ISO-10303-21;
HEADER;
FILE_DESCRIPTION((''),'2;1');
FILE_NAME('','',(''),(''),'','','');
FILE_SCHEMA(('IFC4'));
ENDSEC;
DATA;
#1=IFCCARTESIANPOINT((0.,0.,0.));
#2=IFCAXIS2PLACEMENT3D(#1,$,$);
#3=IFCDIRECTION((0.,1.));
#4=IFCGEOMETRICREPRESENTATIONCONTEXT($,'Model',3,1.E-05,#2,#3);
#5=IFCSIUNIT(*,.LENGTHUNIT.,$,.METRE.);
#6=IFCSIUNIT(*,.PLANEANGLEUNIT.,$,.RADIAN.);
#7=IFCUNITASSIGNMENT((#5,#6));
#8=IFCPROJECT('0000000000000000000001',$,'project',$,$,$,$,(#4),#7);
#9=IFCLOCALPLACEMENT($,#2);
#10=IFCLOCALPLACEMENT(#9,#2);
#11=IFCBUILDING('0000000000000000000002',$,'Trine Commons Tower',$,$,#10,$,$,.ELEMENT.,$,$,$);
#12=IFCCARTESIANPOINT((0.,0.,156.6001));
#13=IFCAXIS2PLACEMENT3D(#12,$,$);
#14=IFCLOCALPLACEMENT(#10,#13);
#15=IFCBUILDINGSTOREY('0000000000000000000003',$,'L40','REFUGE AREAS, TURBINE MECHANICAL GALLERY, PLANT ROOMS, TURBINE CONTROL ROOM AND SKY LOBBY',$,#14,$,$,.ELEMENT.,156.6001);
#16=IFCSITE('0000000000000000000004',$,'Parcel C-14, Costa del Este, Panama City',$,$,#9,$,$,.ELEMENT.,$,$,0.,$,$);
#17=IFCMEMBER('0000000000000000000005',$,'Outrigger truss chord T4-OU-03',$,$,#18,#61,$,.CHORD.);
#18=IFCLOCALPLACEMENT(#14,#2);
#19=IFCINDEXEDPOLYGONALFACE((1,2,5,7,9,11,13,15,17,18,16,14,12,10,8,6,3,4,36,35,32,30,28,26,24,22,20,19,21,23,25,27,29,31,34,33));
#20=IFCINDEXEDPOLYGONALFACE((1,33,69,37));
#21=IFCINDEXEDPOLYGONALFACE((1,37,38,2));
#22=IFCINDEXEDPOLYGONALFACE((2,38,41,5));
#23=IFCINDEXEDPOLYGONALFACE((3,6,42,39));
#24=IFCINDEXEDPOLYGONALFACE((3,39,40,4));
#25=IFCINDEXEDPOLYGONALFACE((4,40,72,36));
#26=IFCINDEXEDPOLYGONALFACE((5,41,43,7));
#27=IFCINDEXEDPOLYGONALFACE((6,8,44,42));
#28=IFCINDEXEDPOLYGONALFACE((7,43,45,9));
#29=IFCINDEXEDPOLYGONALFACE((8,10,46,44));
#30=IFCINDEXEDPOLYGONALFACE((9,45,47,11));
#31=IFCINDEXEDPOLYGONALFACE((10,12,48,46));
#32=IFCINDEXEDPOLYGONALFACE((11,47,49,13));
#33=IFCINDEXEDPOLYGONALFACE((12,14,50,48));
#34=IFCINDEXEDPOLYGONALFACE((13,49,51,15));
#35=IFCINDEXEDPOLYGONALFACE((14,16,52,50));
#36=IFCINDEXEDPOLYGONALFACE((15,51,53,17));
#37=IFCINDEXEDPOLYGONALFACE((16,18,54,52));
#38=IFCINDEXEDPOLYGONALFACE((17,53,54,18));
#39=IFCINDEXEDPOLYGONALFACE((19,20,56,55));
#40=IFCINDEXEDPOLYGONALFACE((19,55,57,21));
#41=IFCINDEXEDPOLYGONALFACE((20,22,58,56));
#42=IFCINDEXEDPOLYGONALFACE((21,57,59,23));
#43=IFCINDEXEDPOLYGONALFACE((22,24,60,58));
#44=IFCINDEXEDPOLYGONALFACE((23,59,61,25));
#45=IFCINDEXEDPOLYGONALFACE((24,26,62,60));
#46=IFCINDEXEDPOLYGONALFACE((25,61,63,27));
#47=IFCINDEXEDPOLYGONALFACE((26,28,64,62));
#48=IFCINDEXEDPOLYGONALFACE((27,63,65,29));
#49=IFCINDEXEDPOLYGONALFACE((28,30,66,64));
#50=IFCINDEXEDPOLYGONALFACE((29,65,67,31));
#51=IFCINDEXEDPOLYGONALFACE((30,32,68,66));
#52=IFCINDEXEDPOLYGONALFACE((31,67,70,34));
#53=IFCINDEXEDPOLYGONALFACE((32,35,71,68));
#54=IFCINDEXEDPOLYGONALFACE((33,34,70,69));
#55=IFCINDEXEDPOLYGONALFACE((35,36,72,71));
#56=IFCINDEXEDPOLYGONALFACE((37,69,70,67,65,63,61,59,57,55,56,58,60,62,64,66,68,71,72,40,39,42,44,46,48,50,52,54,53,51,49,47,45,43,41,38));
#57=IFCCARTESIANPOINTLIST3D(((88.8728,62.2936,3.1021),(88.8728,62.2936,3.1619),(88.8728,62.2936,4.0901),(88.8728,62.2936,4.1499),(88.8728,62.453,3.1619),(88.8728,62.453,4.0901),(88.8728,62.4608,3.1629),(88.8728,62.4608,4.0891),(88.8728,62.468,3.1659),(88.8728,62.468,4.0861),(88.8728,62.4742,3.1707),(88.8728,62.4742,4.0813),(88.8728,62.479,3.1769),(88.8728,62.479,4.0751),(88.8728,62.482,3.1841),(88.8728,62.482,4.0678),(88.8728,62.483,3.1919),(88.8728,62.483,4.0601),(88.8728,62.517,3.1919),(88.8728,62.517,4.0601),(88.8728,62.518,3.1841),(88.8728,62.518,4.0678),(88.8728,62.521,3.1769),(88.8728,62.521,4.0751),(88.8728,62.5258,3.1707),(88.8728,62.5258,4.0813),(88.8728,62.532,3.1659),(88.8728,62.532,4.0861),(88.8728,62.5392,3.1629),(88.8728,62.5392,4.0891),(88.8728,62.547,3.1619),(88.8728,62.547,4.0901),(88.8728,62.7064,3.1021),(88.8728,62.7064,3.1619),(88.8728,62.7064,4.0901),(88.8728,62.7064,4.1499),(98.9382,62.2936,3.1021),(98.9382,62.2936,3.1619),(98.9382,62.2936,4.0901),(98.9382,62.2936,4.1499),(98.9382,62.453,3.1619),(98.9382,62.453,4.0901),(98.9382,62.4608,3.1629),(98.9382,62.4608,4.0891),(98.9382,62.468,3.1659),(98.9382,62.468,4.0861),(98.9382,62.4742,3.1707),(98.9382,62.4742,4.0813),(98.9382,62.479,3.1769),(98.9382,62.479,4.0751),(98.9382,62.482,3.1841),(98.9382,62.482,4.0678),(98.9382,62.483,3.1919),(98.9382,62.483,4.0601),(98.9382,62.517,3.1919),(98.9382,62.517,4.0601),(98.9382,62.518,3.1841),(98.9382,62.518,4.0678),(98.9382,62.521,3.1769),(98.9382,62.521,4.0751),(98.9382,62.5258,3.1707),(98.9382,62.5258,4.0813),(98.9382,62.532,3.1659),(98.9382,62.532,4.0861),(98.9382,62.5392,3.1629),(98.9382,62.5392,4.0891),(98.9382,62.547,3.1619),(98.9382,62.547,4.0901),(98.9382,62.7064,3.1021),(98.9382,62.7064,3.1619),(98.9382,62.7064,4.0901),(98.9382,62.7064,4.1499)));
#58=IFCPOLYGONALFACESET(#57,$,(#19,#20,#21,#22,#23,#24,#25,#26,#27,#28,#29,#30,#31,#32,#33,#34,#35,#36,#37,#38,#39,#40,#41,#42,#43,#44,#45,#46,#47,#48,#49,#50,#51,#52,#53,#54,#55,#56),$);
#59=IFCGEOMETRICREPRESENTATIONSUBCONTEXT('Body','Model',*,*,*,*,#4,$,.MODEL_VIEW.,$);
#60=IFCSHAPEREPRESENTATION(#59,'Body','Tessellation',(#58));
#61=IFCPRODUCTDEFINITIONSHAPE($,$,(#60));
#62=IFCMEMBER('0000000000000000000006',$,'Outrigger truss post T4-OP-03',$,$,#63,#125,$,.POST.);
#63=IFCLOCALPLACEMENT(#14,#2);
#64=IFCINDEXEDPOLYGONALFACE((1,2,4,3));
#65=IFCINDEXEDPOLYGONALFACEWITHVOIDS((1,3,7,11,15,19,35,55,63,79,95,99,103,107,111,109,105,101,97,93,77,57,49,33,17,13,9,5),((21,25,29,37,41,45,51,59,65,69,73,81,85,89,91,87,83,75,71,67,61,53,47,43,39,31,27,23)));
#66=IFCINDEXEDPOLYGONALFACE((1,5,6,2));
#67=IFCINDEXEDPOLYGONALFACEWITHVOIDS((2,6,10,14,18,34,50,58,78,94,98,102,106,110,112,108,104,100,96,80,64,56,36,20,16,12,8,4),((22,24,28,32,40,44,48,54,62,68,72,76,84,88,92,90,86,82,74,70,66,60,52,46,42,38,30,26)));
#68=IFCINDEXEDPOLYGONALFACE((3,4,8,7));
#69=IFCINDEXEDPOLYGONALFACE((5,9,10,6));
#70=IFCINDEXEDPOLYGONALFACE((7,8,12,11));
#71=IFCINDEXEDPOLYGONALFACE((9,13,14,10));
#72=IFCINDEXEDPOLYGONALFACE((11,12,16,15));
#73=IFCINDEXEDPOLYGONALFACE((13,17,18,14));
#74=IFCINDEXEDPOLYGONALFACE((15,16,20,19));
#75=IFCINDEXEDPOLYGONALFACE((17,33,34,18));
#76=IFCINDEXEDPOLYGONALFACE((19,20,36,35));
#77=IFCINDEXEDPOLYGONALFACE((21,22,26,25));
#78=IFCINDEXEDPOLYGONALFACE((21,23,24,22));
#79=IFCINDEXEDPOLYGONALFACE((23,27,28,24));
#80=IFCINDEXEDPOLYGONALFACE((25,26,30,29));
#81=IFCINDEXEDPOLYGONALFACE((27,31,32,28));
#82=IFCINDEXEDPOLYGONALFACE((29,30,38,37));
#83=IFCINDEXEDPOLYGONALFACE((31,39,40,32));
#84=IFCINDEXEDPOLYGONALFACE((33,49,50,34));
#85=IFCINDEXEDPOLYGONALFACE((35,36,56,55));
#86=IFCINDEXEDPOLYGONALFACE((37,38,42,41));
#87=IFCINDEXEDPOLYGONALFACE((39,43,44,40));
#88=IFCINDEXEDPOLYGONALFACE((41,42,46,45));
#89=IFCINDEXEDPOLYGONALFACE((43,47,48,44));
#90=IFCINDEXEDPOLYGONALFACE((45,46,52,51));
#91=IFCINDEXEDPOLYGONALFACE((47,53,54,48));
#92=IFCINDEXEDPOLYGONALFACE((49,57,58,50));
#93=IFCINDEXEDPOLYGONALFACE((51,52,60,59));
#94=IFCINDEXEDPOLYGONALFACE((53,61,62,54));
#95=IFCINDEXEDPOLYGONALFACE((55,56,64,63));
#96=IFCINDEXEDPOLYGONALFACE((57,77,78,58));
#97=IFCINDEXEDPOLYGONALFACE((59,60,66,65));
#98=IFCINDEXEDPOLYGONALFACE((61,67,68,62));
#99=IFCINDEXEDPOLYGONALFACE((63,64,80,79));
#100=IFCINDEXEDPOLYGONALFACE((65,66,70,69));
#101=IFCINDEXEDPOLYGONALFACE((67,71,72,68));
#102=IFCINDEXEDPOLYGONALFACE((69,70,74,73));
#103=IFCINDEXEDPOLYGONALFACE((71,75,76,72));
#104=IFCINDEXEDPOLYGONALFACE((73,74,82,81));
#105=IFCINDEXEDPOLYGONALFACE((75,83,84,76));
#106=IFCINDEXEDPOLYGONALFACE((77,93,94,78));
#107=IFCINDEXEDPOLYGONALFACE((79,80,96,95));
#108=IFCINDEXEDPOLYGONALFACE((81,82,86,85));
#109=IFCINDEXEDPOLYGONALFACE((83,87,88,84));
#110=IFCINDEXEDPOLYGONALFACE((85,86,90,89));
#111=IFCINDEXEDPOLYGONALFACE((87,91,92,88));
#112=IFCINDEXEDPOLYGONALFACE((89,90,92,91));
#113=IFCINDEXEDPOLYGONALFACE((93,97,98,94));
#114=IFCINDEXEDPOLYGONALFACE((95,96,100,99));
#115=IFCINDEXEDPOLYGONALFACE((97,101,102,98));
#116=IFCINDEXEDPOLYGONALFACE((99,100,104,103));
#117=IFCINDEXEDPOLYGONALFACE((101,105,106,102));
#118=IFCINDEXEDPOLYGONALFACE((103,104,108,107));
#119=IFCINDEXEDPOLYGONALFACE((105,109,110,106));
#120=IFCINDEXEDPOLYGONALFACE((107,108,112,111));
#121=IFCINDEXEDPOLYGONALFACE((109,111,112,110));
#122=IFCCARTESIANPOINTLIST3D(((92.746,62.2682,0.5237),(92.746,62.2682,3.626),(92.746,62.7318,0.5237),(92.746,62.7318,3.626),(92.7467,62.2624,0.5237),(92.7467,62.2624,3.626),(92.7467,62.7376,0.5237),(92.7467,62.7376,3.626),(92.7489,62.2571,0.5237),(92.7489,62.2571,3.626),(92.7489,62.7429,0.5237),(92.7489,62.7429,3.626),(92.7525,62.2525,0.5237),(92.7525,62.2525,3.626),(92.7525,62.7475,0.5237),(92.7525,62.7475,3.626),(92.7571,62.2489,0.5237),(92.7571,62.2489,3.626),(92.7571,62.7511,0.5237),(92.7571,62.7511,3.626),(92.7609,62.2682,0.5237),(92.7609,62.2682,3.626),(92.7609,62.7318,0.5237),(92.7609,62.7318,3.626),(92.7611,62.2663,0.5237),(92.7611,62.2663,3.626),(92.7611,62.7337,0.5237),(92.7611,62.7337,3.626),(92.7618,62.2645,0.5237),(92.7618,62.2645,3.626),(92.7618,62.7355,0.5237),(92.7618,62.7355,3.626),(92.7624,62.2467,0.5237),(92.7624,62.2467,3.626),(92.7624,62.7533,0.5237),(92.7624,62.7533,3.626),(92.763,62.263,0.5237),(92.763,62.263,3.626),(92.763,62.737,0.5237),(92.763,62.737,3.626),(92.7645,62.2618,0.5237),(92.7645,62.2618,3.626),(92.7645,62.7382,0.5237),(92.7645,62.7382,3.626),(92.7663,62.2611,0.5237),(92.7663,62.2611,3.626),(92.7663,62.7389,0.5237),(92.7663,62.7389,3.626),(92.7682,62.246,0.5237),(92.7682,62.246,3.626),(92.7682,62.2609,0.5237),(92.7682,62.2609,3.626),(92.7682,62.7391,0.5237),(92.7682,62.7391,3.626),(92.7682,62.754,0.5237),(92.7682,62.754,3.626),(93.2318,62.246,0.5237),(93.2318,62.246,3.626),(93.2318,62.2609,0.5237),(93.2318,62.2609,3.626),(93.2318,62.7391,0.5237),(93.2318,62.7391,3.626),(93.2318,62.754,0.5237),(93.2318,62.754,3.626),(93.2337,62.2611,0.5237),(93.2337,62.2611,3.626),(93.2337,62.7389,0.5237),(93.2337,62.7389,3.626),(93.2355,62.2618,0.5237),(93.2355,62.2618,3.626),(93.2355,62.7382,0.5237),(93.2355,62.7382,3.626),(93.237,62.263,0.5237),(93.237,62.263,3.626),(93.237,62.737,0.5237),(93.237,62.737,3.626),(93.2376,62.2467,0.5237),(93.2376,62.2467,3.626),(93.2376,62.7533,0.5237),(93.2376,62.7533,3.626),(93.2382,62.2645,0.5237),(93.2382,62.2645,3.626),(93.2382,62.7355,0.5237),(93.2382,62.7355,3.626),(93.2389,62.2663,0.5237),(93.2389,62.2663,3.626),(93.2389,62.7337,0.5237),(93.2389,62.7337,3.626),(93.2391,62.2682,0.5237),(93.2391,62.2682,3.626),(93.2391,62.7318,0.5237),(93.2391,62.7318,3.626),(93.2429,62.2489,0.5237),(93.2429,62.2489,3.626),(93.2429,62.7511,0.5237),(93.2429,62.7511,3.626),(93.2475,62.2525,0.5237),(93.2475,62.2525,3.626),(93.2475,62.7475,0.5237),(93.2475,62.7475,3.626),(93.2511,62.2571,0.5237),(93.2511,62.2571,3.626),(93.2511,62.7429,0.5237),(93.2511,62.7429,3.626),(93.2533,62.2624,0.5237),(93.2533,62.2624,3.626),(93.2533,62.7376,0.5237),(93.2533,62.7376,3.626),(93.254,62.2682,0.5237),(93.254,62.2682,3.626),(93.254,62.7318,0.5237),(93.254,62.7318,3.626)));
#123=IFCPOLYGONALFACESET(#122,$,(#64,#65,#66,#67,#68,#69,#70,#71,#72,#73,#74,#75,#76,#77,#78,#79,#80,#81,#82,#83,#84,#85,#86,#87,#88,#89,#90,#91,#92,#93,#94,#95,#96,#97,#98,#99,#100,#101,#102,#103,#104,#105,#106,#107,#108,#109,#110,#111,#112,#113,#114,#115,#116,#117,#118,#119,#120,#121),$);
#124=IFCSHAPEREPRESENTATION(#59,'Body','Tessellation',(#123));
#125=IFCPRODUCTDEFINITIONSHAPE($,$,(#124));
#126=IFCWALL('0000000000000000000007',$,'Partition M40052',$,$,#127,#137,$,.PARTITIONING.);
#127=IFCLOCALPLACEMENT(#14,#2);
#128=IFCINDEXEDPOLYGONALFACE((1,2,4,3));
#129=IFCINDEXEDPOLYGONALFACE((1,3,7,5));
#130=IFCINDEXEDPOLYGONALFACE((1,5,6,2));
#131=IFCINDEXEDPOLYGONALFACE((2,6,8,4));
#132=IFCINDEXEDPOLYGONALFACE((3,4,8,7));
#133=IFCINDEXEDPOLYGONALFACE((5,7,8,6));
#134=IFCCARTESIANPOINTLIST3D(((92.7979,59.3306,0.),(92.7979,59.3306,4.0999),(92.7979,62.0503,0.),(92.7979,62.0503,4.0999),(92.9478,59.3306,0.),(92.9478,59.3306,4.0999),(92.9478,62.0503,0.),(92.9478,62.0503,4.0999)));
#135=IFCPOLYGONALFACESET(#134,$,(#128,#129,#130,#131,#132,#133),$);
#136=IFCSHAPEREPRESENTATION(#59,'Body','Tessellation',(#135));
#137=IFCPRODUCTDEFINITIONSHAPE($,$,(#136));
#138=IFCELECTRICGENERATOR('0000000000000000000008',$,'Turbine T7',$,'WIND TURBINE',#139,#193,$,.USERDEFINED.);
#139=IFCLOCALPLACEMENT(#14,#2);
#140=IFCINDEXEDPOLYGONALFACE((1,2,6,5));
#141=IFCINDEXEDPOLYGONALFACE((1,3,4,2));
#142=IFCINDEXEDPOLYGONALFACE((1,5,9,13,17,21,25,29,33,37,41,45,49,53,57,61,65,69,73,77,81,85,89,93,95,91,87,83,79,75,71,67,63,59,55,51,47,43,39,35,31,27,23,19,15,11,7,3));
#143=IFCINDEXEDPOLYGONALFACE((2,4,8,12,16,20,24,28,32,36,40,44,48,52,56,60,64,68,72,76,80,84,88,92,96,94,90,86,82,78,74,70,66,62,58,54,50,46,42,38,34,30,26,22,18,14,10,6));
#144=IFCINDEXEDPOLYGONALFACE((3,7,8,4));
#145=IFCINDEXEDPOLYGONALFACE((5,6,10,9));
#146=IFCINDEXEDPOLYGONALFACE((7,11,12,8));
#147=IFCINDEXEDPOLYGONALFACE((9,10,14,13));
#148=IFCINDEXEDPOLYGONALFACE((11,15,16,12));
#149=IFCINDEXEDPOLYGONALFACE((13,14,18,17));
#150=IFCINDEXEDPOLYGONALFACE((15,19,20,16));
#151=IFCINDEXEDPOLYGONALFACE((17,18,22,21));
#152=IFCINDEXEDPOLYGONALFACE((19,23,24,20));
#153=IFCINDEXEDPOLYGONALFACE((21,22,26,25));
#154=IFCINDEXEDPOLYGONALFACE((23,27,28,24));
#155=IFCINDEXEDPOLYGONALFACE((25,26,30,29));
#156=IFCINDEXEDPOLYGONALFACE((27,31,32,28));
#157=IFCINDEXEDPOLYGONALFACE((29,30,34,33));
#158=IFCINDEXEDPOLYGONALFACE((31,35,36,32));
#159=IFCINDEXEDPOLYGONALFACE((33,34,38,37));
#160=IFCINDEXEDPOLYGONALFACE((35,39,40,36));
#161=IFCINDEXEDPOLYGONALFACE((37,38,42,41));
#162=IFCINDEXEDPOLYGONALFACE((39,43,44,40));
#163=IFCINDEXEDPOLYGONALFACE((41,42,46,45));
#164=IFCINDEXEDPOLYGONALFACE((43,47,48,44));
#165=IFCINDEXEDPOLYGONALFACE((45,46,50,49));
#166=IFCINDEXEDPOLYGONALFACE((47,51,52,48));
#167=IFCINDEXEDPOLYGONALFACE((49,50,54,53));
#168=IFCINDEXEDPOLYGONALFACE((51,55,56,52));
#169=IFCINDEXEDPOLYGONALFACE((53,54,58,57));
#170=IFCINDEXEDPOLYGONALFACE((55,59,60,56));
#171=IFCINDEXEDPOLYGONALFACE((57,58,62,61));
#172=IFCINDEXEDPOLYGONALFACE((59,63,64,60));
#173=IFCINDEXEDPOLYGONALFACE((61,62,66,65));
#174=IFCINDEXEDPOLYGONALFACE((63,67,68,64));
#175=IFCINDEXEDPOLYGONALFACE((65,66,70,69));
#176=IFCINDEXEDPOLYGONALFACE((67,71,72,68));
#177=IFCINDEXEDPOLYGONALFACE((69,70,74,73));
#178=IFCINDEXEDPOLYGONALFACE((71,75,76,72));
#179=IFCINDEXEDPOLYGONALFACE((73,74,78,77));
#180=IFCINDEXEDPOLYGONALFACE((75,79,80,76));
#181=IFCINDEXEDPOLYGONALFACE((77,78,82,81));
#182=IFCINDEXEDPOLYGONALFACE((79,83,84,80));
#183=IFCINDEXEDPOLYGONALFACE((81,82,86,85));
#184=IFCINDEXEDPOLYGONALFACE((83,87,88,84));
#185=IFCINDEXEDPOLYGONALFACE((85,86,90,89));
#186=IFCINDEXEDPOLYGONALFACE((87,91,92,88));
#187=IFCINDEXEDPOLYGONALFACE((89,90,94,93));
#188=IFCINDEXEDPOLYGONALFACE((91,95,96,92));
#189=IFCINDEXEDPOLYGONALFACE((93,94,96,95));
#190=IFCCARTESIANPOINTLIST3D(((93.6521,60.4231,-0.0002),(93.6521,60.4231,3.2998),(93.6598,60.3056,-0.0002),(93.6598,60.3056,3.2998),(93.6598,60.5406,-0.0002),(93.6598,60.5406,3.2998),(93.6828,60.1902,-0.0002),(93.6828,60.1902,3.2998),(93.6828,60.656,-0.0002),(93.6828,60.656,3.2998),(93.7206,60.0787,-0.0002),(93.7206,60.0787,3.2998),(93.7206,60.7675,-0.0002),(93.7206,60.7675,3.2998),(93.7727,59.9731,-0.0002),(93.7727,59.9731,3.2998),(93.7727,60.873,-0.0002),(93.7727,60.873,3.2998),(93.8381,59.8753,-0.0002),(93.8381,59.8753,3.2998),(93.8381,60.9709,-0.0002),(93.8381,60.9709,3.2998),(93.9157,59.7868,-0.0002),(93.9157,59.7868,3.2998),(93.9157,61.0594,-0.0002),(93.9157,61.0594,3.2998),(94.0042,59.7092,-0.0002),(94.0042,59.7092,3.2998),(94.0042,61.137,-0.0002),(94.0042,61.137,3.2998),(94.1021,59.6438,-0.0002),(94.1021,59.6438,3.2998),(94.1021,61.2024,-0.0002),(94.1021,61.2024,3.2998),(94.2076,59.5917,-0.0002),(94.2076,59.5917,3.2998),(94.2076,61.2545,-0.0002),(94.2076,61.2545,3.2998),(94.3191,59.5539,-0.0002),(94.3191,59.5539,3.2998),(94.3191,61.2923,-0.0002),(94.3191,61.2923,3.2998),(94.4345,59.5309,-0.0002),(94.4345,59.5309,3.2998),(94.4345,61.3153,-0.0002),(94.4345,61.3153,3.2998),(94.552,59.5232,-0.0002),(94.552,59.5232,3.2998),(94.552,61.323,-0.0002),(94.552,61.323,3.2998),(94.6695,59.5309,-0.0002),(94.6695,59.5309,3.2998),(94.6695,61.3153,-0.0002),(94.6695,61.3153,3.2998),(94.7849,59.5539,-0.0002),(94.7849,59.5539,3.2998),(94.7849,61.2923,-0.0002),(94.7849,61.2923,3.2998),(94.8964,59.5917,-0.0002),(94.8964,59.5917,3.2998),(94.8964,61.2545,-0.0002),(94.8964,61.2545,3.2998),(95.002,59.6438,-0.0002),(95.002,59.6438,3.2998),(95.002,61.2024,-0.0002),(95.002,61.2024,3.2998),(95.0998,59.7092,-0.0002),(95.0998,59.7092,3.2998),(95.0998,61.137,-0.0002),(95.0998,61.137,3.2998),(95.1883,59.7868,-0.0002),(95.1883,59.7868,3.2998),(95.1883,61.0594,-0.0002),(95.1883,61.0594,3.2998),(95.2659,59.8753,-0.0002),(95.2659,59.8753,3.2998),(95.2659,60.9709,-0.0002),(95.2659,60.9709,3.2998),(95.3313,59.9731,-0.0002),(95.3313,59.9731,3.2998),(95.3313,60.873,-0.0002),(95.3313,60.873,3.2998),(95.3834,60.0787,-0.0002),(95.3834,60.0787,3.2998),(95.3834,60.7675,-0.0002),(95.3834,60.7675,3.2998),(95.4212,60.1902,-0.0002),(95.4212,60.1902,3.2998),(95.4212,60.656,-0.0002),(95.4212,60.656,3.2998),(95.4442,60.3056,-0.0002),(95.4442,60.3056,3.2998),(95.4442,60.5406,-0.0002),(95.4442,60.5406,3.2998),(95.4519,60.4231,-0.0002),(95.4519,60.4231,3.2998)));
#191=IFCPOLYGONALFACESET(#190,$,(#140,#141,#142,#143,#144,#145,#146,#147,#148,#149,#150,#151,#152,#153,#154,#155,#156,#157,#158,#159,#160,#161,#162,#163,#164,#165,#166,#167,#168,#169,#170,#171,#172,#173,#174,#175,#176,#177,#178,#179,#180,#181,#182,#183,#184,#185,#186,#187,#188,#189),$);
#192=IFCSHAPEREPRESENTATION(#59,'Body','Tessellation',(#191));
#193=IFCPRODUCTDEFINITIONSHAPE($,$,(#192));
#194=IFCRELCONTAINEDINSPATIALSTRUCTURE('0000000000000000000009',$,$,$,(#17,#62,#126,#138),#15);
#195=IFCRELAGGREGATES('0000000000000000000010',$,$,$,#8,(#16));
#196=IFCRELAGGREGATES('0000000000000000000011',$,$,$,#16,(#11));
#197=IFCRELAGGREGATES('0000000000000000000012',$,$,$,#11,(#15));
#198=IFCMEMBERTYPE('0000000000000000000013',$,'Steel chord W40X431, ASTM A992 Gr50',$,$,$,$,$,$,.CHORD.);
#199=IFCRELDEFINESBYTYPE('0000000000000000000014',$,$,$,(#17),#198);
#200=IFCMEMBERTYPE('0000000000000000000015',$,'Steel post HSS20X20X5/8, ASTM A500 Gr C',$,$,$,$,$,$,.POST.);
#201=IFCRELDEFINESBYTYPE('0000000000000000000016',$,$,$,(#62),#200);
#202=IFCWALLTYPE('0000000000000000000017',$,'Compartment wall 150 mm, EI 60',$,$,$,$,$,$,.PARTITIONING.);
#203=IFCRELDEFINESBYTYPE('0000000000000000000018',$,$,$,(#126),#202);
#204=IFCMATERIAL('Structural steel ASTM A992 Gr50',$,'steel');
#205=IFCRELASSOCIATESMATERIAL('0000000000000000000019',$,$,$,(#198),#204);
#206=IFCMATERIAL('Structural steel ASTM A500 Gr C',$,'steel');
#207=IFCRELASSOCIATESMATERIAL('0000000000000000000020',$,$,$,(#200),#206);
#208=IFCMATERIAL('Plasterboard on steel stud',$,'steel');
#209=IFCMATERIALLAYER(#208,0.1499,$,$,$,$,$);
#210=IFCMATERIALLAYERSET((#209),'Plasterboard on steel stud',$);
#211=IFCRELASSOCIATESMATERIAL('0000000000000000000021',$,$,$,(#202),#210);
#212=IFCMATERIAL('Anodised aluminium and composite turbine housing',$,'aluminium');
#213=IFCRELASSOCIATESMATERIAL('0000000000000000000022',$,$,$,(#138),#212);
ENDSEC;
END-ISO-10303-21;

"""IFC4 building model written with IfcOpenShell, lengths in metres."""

from ifc_helpers import new_model, si_unit, direction, frame, frame_2d, origin, origin_2d, place, context, subcontext, project, spatial, rectangle, hollow_rectangle, circle, i_section, extrude, material, layer, layer_set, material_profile, profile_set, type_object, element, save


model = new_model("IFC4")

# Units and contexts
model_context = context("Model", 3, precision=1e-05, world=origin(), true_north=direction((0.0, 1.0)))
body_context = subcontext(model_context, "Body", "Model", "MODEL_VIEW")
ifc_project = project(units=[si_unit("LENGTHUNIT", "METRE"), si_unit("PLANEANGLEUNIT", "RADIAN")], contexts=[model_context])

# Site, building, storey
site_placement = place(None, origin())
site = spatial("IfcSite", under=ifc_project, at=site_placement, Name="Parcel C-14, Costa del Este, Panama City", CompositionType="ELEMENT", RefElevation=0.0)
building_placement = place(site_placement, origin())
building = spatial("IfcBuilding", under=site, at=building_placement, Name="Trine Commons Tower", CompositionType="ELEMENT")
storey_placement = place(building_placement, frame((0.0, 0.0, 156.6001)))
storey = spatial("IfcBuildingStorey", under=building, at=storey_placement, Name="L40", Description="REFUGE AREAS, TURBINE MECHANICAL GALLERY, PLANT ROOMS, TURBINE CONTROL ROOM AND SKY LOBBY", CompositionType="ELEMENT", Elevation=156.6001)

# Members
ifc_material_1 = material(Name="Structural steel ASTM A500 Gr C", Category="steel")
ifc_material_2 = material(Name="Structural steel ASTM A992 Gr50", Category="steel")
ifc_material_profile_1 = material_profile(ifc_material_2, i_section(OverallWidth=0.4128, OverallDepth=1.0479, WebThickness=0.0339, FlangeThickness=0.0598, FilletRadius=0.03, at=origin_2d()), Name="W40X431")
ifc_profile_set_1 = profile_set([ifc_material_profile_1], Name="Structural steel ASTM A992 Gr50")
member_type_1 = type_object("IfcMemberType", Name="Steel chord W40X431, ASTM A992 Gr50", PredefinedType="CHORD", material=ifc_profile_set_1)
member_1_placement = place(storey_placement, frame((88.8728, 62.5, 3.626), z_axis=(1.0, 0.0, 0.0), x_axis=(0.0, 1.0, 0.0)))
element("IfcMember", 1, at=member_1_placement, inside=storey, type_object=member_type_1, Name="Outrigger truss chord T4-OU-03", PredefinedType="CHORD", context=body_context, shape_type="SweptSolid", body=[
    extrude(i_section(OverallWidth=0.4128, OverallDepth=1.0479, WebThickness=0.0339, FlangeThickness=0.0598, FilletRadius=0.03, at=origin_2d()), origin(), (0.0, 0.0, 1.0), 10.0654),
])
ifc_material_profile_2 = material_profile(ifc_material_1, hollow_rectangle(XDim=0.5081, YDim=0.5081, WallThickness=0.0149, InnerFilletRadius=0.0073, OuterFilletRadius=0.0222, at=origin_2d()), Name="HSS20X20X5/8")
ifc_profile_set_2 = profile_set([ifc_material_profile_2], Name="Structural steel ASTM A500 Gr C")
member_type_2 = type_object("IfcMemberType", Name="Steel post HSS20X20X5/8, ASTM A500 Gr C", PredefinedType="POST", material=ifc_profile_set_2)
member_2_placement = place(storey_placement, frame((93.0, 62.5, 0.5237), z_axis=(0.0, 0.0, 1.0), x_axis=(1.0, 0.0, 0.0)))
element("IfcMember", 2, at=member_2_placement, inside=storey, type_object=member_type_2, Name="Outrigger truss post T4-OP-03", PredefinedType="POST", context=body_context, shape_type="SweptSolid", body=[
    extrude(hollow_rectangle(XDim=0.5081, YDim=0.5081, WallThickness=0.0149, InnerFilletRadius=0.0073, OuterFilletRadius=0.0222, at=origin_2d()), origin(), (0.0, 0.0, 1.0), 3.1023),
])

# Wall
ifc_material_3 = material(Name="Plasterboard on steel stud", Category="steel")
ifc_layer = layer(ifc_material_3, 0.1499)
ifc_layer_set = layer_set([ifc_layer], Name="Plasterboard on steel stud")
wall_type = type_object("IfcWallType", Name="Compartment wall 150 mm, EI 60", PredefinedType="PARTITIONING", material=ifc_layer_set)
wall_placement = place(storey_placement, frame((92.8728, 59.3306, 0.0), z_axis=(0.0, 0.0, 1.0), x_axis=(0.0, 1.0, 0.0)))
element("IfcWall", 3, at=wall_placement, inside=storey, type_object=wall_type, Name="Partition M40052", PredefinedType="PARTITIONING", context=body_context, shape_type="SweptSolid", body=[
    extrude(rectangle(XDim=2.7197, YDim=0.1499, at=frame_2d((1.3599, 0.0))), origin(), (0.0, 0.0, 1.0), 4.0999),
])

# Electric generator
ifc_material_4 = material(Name="Anodised aluminium and composite turbine housing", Category="aluminium")
for number, where, z_axis, x_axis, name in (
    (4, (94.552, 60.4231, 3.2998), (0.0, 0.0, -1.0), (1.0, 0.0, 0.0), "Turbine T7"),
):
    element("IfcElectricGenerator", number, at=place(storey_placement, frame(where, z_axis=z_axis, x_axis=x_axis)), inside=storey, material=ifc_material_4, Name=name, ObjectType="WIND TURBINE", PredefinedType="USERDEFINED", context=body_context, shape_type="SweptSolid", body=[
        extrude(circle(Radius=0.8999, at=origin_2d()), origin(), (0.0, 0.0, 1.0), 3.3),
    ])

save(model, "model.ifc")
